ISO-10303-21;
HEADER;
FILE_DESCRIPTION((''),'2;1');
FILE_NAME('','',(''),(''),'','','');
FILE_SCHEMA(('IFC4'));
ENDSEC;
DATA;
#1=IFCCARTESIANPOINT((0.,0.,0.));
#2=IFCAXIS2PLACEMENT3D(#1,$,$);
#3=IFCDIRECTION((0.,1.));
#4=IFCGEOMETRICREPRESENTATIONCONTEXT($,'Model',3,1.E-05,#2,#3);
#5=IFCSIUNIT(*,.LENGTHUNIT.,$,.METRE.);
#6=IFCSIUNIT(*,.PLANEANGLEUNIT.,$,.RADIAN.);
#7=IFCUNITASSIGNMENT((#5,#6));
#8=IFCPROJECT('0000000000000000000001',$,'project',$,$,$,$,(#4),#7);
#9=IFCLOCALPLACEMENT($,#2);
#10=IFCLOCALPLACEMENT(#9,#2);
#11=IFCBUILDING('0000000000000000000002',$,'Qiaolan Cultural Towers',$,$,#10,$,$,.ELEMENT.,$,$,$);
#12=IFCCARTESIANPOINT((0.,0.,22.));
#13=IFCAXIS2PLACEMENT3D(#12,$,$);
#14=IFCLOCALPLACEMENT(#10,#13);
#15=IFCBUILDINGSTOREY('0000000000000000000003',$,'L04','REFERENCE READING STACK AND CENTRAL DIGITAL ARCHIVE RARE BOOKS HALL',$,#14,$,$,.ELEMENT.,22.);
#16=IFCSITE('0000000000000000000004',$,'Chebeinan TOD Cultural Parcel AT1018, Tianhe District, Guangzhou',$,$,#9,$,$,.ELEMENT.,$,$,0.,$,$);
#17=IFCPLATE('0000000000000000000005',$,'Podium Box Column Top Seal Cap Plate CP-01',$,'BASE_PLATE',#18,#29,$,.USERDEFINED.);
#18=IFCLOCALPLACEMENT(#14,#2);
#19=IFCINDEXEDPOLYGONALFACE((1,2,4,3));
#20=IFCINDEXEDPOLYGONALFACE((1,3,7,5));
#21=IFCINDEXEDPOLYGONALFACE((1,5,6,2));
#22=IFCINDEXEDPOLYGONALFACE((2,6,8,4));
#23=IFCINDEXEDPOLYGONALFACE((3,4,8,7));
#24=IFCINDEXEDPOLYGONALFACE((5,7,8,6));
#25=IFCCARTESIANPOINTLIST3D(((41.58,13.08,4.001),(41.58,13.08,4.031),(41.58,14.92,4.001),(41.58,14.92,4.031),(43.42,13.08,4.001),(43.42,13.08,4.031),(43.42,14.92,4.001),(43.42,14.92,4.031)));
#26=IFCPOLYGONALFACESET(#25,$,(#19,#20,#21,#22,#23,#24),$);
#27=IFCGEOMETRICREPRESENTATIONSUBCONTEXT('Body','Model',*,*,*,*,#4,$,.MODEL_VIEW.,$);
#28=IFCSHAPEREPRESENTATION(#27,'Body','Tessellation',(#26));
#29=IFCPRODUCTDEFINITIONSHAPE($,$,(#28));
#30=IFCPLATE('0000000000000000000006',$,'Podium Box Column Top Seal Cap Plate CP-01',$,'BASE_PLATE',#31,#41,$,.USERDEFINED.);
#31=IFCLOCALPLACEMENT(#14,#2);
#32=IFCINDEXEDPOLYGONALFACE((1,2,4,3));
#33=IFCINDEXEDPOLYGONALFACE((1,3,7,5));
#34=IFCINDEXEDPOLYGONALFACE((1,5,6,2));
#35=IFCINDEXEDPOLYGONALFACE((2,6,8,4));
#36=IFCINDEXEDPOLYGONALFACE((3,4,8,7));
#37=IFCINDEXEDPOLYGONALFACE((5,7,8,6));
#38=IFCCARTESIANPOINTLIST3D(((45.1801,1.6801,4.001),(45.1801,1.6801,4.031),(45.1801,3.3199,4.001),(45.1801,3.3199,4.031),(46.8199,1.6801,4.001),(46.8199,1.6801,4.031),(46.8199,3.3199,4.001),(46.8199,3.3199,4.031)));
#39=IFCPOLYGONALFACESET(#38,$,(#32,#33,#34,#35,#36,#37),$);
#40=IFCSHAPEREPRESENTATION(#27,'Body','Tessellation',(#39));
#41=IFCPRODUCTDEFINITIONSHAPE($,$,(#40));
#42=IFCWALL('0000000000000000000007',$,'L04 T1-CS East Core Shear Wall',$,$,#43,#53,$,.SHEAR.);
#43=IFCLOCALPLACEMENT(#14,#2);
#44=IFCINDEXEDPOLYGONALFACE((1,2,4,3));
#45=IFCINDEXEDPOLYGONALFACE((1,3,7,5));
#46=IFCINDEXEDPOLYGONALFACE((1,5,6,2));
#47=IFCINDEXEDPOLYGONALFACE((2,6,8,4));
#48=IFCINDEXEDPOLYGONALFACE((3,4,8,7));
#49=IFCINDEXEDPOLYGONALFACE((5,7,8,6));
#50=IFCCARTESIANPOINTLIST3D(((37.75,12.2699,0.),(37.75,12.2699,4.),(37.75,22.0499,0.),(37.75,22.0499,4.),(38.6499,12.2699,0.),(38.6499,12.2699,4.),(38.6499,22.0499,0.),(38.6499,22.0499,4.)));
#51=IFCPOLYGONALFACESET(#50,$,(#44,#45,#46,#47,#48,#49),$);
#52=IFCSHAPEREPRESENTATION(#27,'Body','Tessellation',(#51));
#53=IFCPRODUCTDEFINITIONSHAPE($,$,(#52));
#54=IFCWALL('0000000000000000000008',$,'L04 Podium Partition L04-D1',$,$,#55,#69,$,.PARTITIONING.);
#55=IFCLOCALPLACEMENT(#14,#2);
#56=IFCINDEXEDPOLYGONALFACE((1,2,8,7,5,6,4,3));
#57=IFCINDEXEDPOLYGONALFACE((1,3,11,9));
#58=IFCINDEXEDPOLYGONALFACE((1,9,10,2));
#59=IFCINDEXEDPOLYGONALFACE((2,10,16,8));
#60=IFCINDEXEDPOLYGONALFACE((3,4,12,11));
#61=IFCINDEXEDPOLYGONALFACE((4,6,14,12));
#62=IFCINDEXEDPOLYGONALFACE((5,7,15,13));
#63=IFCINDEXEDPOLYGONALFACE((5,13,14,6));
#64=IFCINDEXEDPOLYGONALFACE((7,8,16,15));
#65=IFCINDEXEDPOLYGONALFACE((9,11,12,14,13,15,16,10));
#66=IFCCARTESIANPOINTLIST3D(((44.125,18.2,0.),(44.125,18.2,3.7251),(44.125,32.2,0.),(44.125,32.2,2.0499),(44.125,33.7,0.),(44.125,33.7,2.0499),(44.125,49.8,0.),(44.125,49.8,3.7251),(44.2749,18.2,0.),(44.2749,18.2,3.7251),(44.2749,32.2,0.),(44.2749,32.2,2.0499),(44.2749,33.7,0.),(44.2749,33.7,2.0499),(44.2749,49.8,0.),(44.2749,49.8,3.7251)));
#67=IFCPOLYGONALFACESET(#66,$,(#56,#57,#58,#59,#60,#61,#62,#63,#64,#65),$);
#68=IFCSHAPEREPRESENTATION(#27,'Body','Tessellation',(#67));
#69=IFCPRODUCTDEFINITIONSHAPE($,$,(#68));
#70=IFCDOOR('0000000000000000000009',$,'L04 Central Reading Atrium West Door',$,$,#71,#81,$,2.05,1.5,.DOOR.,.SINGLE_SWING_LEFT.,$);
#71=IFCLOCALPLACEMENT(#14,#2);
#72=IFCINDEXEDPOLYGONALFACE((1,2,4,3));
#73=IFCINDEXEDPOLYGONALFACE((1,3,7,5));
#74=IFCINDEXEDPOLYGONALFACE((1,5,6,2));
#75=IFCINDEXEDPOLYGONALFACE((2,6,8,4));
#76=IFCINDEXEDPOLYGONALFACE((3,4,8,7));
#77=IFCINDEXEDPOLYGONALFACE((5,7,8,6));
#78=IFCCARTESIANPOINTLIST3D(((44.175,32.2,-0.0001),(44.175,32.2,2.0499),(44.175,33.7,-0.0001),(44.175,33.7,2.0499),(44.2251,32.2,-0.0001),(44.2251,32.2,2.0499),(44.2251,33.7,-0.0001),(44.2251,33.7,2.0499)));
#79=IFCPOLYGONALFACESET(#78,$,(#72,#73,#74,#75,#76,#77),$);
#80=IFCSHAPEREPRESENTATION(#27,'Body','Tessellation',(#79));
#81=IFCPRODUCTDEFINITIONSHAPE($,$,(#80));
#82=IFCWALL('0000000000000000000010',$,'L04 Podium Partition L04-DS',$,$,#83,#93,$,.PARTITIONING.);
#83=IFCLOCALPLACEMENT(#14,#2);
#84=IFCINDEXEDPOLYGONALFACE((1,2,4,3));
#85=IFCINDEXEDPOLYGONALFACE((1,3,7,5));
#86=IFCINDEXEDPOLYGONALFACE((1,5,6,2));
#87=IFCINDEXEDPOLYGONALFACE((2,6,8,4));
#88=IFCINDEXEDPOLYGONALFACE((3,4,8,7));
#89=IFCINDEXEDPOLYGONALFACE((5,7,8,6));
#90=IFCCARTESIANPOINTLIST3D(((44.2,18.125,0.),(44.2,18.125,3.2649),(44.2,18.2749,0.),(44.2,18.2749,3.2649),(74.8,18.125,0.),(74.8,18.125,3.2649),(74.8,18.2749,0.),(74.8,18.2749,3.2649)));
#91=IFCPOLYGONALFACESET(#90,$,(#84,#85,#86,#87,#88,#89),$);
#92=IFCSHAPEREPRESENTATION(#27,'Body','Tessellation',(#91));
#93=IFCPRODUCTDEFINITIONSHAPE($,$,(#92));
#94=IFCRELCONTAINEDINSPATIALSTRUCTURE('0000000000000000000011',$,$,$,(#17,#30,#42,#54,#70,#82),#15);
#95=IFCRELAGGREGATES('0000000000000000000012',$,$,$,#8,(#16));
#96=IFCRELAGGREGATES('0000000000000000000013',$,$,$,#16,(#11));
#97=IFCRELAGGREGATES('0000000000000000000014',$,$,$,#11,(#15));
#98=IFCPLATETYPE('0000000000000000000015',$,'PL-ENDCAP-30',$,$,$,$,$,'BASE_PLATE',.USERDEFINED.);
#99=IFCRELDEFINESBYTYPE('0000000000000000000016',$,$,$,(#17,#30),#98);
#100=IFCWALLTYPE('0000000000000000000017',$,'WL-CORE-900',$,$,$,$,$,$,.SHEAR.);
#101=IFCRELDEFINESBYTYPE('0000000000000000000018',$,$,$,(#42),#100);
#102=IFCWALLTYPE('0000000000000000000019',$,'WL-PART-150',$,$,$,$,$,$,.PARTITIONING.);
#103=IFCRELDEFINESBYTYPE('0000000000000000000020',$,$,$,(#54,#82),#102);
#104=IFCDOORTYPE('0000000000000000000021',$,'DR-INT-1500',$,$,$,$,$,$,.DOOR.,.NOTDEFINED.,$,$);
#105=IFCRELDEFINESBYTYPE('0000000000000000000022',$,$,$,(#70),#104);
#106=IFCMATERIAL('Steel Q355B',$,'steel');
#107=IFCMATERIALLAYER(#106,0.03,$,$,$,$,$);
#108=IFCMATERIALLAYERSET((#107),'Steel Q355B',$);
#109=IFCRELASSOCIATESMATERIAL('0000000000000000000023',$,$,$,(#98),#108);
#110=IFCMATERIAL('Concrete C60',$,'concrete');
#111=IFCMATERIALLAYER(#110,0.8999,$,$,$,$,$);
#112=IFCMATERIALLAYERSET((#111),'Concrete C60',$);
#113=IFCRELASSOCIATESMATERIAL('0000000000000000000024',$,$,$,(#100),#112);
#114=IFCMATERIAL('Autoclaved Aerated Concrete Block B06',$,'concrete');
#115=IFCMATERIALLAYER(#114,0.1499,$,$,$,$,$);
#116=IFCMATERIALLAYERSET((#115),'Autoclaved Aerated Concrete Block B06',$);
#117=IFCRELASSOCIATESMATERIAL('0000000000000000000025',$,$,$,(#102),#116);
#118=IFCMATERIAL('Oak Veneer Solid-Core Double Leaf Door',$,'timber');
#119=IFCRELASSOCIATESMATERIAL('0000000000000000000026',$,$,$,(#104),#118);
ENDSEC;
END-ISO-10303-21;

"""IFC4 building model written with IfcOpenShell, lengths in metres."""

from ifc_helpers import new_model, si_unit, direction, frame, frame_2d, origin, origin_2d, place, context, subcontext, project, spatial, rectangle, extrude, material, layer, layer_set, type_object, element, fill, save


model = new_model("IFC4")

# Units and contexts
model_context = context("Model", 3, precision=1e-05, world=origin(), true_north=direction((0.0, 1.0)))
body_context = subcontext(model_context, "Body", "Model", "MODEL_VIEW")
ifc_project = project(units=[si_unit("LENGTHUNIT", "METRE"), si_unit("PLANEANGLEUNIT", "RADIAN")], contexts=[model_context])

# Site, building, storey
site_placement = place(None, origin())
site = spatial("IfcSite", under=ifc_project, at=site_placement, Name="Chebeinan TOD Cultural Parcel AT1018, Tianhe District, Guangzhou", CompositionType="ELEMENT", RefElevation=0.0)
building_placement = place(site_placement, origin())
building = spatial("IfcBuilding", under=site, at=building_placement, Name="Qiaolan Cultural Towers", CompositionType="ELEMENT")
storey_placement = place(building_placement, frame((0.0, 0.0, 22.0)))
storey = spatial("IfcBuildingStorey", under=building, at=storey_placement, Name="L04", Description="REFERENCE READING STACK AND CENTRAL DIGITAL ARCHIVE RARE BOOKS HALL", CompositionType="ELEMENT", Elevation=22.0)

# Plates
ifc_material_1 = material(Name="Steel Q355B", Category="steel")
ifc_layer_1 = layer(ifc_material_1, 0.03)
ifc_layer_set_1 = layer_set([ifc_layer_1], Name="Steel Q355B")
plate_type_1 = type_object("IfcPlateType", Name="PL-ENDCAP-30", ElementType="BASE_PLATE", PredefinedType="USERDEFINED", material=ifc_layer_set_1)
for number, where, z_axis, x_axis, name in (
    (1, (42.5, 14.0, 4.001), (0.0, 0.0, 1.0), (1.0, 0.0, 0.0), "Podium Box Column Top Seal Cap Plate CP-01"),
):
    element("IfcPlate", number, at=place(storey_placement, frame(where, z_axis=z_axis, x_axis=x_axis)), inside=storey, type_object=plate_type_1, Name=name, ObjectType="BASE_PLATE", PredefinedType="USERDEFINED", context=body_context, shape_type="SweptSolid", body=[
        extrude(rectangle(XDim=1.8401, YDim=1.8401, at=origin_2d()), origin(), (0.0, 0.0, 1.0), 0.03),
    ])
plate_1_placement = place(storey_placement, frame((46.0, 2.5, 4.001), z_axis=(0.0, 0.0, 1.0), x_axis=(1.0, 0.0, 0.0)))
element("IfcPlate", 2, at=plate_1_placement, inside=storey, type_object=plate_type_1, Name="Podium Box Column Top Seal Cap Plate CP-01", ObjectType="BASE_PLATE", PredefinedType="USERDEFINED", context=body_context, shape_type="SweptSolid", body=[
    extrude(rectangle(XDim=1.6399, YDim=1.6399, at=origin_2d()), origin(), (0.0, 0.0, 1.0), 0.03),
])

# Wall
ifc_material_2 = material(Name="Concrete C60", Category="concrete")
ifc_layer_2 = layer(ifc_material_2, 0.8999)
ifc_layer_set_2 = layer_set([ifc_layer_2], Name="Concrete C60")
wall_type_1 = type_object("IfcWallType", Name="WL-CORE-900", PredefinedType="SHEAR", material=ifc_layer_set_2)
wall_1_placement = place(storey_placement, frame((38.2, 22.05, 0.0), z_axis=(0.0, 0.0, 1.0), x_axis=(0.0, -1.0, 0.0)))
element("IfcWall", 3, at=wall_1_placement, inside=storey, type_object=wall_type_1, Name="L04 T1-CS East Core Shear Wall", PredefinedType="SHEAR", context=body_context, shape_type="SweptSolid", body=[
    extrude(rectangle(XDim=9.78, YDim=0.8999, at=frame_2d((4.8901, 0.0))), origin(), (0.0, 0.0, 1.0), 4.0),
])

# Wall, opening, door
ifc_material_3 = material(Name="Autoclaved Aerated Concrete Block B06", Category="concrete")
ifc_layer_3 = layer(ifc_material_3, 0.1499)
ifc_layer_set_3 = layer_set([ifc_layer_3], Name="Autoclaved Aerated Concrete Block B06")
wall_type_2 = type_object("IfcWallType", Name="WL-PART-150", PredefinedType="PARTITIONING", material=ifc_layer_set_3)
wall_2_placement = place(storey_placement, frame((44.2, 18.2, 0.0), z_axis=(0.0, 0.0, 1.0), x_axis=(0.0, 1.0, 0.0)))
wall_2 = element("IfcWall", 4, at=wall_2_placement, inside=storey, type_object=wall_type_2, Name="L04 Podium Partition L04-D1", PredefinedType="PARTITIONING", context=body_context, shape_type="SweptSolid", body=[
    extrude(rectangle(XDim=31.6001, YDim=0.1499, at=frame_2d((15.8, 0.0))), origin(), (0.0, 0.0, 1.0), 3.7251),
])
opening_placement = place(wall_2_placement, frame((14.0, 0.0, 0.0)))
opening = element("IfcOpeningElement", 5, at=opening_placement, cuts=wall_2, PredefinedType="OPENING", context=body_context, shape_type="SweptSolid", body=[
    extrude(rectangle(XDim=1.5, YDim=2.05, at=frame_2d((0.75, 1.0249))), frame((0.0, 0.085, 0.0), z_axis=(0.0, -1.0, 0.0), x_axis=(1.0, 0.0, 0.0)), (0.0, 0.0, 1.0), 0.1699),
])
ifc_material_4 = material(Name="Oak Veneer Solid-Core Double Leaf Door", Category="timber")
door_type = type_object("IfcDoorType", Name="DR-INT-1500", OperationType="NOTDEFINED", PredefinedType="DOOR", material=ifc_material_4)
door_placement = place(opening_placement, origin())
door = element("IfcDoor", 6, at=door_placement, inside=storey, type_object=door_type, Name="L04 Central Reading Atrium West Door", OperationType="SINGLE_SWING_LEFT", OverallHeight=2.05, OverallWidth=1.5, PredefinedType="DOOR", context=body_context, shape_type="SweptSolid", body=[
    extrude(rectangle(XDim=1.5, YDim=2.05, at=frame_2d((0.75, 1.0249))), frame((0.0, 0.0249, 0.0), z_axis=(0.0, -1.0, 0.0), x_axis=(1.0, 0.0, 0.0)), (0.0, 0.0, 1.0), 0.05),
])
fill(opening, door)

# Wall
wall_3_placement = place(storey_placement, frame((44.2, 18.2, 0.0), z_axis=(0.0, 0.0, 1.0), x_axis=(1.0, 0.0, 0.0)))
element("IfcWall", 7, at=wall_3_placement, inside=storey, type_object=wall_type_2, Name="L04 Podium Partition L04-DS", PredefinedType="PARTITIONING", context=body_context, shape_type="SweptSolid", body=[
    extrude(rectangle(XDim=30.6001, YDim=0.1499, at=frame_2d((15.3, 0.0))), origin(), (0.0, 0.0, 1.0), 3.2649),
])

save(model, "model.ifc")
